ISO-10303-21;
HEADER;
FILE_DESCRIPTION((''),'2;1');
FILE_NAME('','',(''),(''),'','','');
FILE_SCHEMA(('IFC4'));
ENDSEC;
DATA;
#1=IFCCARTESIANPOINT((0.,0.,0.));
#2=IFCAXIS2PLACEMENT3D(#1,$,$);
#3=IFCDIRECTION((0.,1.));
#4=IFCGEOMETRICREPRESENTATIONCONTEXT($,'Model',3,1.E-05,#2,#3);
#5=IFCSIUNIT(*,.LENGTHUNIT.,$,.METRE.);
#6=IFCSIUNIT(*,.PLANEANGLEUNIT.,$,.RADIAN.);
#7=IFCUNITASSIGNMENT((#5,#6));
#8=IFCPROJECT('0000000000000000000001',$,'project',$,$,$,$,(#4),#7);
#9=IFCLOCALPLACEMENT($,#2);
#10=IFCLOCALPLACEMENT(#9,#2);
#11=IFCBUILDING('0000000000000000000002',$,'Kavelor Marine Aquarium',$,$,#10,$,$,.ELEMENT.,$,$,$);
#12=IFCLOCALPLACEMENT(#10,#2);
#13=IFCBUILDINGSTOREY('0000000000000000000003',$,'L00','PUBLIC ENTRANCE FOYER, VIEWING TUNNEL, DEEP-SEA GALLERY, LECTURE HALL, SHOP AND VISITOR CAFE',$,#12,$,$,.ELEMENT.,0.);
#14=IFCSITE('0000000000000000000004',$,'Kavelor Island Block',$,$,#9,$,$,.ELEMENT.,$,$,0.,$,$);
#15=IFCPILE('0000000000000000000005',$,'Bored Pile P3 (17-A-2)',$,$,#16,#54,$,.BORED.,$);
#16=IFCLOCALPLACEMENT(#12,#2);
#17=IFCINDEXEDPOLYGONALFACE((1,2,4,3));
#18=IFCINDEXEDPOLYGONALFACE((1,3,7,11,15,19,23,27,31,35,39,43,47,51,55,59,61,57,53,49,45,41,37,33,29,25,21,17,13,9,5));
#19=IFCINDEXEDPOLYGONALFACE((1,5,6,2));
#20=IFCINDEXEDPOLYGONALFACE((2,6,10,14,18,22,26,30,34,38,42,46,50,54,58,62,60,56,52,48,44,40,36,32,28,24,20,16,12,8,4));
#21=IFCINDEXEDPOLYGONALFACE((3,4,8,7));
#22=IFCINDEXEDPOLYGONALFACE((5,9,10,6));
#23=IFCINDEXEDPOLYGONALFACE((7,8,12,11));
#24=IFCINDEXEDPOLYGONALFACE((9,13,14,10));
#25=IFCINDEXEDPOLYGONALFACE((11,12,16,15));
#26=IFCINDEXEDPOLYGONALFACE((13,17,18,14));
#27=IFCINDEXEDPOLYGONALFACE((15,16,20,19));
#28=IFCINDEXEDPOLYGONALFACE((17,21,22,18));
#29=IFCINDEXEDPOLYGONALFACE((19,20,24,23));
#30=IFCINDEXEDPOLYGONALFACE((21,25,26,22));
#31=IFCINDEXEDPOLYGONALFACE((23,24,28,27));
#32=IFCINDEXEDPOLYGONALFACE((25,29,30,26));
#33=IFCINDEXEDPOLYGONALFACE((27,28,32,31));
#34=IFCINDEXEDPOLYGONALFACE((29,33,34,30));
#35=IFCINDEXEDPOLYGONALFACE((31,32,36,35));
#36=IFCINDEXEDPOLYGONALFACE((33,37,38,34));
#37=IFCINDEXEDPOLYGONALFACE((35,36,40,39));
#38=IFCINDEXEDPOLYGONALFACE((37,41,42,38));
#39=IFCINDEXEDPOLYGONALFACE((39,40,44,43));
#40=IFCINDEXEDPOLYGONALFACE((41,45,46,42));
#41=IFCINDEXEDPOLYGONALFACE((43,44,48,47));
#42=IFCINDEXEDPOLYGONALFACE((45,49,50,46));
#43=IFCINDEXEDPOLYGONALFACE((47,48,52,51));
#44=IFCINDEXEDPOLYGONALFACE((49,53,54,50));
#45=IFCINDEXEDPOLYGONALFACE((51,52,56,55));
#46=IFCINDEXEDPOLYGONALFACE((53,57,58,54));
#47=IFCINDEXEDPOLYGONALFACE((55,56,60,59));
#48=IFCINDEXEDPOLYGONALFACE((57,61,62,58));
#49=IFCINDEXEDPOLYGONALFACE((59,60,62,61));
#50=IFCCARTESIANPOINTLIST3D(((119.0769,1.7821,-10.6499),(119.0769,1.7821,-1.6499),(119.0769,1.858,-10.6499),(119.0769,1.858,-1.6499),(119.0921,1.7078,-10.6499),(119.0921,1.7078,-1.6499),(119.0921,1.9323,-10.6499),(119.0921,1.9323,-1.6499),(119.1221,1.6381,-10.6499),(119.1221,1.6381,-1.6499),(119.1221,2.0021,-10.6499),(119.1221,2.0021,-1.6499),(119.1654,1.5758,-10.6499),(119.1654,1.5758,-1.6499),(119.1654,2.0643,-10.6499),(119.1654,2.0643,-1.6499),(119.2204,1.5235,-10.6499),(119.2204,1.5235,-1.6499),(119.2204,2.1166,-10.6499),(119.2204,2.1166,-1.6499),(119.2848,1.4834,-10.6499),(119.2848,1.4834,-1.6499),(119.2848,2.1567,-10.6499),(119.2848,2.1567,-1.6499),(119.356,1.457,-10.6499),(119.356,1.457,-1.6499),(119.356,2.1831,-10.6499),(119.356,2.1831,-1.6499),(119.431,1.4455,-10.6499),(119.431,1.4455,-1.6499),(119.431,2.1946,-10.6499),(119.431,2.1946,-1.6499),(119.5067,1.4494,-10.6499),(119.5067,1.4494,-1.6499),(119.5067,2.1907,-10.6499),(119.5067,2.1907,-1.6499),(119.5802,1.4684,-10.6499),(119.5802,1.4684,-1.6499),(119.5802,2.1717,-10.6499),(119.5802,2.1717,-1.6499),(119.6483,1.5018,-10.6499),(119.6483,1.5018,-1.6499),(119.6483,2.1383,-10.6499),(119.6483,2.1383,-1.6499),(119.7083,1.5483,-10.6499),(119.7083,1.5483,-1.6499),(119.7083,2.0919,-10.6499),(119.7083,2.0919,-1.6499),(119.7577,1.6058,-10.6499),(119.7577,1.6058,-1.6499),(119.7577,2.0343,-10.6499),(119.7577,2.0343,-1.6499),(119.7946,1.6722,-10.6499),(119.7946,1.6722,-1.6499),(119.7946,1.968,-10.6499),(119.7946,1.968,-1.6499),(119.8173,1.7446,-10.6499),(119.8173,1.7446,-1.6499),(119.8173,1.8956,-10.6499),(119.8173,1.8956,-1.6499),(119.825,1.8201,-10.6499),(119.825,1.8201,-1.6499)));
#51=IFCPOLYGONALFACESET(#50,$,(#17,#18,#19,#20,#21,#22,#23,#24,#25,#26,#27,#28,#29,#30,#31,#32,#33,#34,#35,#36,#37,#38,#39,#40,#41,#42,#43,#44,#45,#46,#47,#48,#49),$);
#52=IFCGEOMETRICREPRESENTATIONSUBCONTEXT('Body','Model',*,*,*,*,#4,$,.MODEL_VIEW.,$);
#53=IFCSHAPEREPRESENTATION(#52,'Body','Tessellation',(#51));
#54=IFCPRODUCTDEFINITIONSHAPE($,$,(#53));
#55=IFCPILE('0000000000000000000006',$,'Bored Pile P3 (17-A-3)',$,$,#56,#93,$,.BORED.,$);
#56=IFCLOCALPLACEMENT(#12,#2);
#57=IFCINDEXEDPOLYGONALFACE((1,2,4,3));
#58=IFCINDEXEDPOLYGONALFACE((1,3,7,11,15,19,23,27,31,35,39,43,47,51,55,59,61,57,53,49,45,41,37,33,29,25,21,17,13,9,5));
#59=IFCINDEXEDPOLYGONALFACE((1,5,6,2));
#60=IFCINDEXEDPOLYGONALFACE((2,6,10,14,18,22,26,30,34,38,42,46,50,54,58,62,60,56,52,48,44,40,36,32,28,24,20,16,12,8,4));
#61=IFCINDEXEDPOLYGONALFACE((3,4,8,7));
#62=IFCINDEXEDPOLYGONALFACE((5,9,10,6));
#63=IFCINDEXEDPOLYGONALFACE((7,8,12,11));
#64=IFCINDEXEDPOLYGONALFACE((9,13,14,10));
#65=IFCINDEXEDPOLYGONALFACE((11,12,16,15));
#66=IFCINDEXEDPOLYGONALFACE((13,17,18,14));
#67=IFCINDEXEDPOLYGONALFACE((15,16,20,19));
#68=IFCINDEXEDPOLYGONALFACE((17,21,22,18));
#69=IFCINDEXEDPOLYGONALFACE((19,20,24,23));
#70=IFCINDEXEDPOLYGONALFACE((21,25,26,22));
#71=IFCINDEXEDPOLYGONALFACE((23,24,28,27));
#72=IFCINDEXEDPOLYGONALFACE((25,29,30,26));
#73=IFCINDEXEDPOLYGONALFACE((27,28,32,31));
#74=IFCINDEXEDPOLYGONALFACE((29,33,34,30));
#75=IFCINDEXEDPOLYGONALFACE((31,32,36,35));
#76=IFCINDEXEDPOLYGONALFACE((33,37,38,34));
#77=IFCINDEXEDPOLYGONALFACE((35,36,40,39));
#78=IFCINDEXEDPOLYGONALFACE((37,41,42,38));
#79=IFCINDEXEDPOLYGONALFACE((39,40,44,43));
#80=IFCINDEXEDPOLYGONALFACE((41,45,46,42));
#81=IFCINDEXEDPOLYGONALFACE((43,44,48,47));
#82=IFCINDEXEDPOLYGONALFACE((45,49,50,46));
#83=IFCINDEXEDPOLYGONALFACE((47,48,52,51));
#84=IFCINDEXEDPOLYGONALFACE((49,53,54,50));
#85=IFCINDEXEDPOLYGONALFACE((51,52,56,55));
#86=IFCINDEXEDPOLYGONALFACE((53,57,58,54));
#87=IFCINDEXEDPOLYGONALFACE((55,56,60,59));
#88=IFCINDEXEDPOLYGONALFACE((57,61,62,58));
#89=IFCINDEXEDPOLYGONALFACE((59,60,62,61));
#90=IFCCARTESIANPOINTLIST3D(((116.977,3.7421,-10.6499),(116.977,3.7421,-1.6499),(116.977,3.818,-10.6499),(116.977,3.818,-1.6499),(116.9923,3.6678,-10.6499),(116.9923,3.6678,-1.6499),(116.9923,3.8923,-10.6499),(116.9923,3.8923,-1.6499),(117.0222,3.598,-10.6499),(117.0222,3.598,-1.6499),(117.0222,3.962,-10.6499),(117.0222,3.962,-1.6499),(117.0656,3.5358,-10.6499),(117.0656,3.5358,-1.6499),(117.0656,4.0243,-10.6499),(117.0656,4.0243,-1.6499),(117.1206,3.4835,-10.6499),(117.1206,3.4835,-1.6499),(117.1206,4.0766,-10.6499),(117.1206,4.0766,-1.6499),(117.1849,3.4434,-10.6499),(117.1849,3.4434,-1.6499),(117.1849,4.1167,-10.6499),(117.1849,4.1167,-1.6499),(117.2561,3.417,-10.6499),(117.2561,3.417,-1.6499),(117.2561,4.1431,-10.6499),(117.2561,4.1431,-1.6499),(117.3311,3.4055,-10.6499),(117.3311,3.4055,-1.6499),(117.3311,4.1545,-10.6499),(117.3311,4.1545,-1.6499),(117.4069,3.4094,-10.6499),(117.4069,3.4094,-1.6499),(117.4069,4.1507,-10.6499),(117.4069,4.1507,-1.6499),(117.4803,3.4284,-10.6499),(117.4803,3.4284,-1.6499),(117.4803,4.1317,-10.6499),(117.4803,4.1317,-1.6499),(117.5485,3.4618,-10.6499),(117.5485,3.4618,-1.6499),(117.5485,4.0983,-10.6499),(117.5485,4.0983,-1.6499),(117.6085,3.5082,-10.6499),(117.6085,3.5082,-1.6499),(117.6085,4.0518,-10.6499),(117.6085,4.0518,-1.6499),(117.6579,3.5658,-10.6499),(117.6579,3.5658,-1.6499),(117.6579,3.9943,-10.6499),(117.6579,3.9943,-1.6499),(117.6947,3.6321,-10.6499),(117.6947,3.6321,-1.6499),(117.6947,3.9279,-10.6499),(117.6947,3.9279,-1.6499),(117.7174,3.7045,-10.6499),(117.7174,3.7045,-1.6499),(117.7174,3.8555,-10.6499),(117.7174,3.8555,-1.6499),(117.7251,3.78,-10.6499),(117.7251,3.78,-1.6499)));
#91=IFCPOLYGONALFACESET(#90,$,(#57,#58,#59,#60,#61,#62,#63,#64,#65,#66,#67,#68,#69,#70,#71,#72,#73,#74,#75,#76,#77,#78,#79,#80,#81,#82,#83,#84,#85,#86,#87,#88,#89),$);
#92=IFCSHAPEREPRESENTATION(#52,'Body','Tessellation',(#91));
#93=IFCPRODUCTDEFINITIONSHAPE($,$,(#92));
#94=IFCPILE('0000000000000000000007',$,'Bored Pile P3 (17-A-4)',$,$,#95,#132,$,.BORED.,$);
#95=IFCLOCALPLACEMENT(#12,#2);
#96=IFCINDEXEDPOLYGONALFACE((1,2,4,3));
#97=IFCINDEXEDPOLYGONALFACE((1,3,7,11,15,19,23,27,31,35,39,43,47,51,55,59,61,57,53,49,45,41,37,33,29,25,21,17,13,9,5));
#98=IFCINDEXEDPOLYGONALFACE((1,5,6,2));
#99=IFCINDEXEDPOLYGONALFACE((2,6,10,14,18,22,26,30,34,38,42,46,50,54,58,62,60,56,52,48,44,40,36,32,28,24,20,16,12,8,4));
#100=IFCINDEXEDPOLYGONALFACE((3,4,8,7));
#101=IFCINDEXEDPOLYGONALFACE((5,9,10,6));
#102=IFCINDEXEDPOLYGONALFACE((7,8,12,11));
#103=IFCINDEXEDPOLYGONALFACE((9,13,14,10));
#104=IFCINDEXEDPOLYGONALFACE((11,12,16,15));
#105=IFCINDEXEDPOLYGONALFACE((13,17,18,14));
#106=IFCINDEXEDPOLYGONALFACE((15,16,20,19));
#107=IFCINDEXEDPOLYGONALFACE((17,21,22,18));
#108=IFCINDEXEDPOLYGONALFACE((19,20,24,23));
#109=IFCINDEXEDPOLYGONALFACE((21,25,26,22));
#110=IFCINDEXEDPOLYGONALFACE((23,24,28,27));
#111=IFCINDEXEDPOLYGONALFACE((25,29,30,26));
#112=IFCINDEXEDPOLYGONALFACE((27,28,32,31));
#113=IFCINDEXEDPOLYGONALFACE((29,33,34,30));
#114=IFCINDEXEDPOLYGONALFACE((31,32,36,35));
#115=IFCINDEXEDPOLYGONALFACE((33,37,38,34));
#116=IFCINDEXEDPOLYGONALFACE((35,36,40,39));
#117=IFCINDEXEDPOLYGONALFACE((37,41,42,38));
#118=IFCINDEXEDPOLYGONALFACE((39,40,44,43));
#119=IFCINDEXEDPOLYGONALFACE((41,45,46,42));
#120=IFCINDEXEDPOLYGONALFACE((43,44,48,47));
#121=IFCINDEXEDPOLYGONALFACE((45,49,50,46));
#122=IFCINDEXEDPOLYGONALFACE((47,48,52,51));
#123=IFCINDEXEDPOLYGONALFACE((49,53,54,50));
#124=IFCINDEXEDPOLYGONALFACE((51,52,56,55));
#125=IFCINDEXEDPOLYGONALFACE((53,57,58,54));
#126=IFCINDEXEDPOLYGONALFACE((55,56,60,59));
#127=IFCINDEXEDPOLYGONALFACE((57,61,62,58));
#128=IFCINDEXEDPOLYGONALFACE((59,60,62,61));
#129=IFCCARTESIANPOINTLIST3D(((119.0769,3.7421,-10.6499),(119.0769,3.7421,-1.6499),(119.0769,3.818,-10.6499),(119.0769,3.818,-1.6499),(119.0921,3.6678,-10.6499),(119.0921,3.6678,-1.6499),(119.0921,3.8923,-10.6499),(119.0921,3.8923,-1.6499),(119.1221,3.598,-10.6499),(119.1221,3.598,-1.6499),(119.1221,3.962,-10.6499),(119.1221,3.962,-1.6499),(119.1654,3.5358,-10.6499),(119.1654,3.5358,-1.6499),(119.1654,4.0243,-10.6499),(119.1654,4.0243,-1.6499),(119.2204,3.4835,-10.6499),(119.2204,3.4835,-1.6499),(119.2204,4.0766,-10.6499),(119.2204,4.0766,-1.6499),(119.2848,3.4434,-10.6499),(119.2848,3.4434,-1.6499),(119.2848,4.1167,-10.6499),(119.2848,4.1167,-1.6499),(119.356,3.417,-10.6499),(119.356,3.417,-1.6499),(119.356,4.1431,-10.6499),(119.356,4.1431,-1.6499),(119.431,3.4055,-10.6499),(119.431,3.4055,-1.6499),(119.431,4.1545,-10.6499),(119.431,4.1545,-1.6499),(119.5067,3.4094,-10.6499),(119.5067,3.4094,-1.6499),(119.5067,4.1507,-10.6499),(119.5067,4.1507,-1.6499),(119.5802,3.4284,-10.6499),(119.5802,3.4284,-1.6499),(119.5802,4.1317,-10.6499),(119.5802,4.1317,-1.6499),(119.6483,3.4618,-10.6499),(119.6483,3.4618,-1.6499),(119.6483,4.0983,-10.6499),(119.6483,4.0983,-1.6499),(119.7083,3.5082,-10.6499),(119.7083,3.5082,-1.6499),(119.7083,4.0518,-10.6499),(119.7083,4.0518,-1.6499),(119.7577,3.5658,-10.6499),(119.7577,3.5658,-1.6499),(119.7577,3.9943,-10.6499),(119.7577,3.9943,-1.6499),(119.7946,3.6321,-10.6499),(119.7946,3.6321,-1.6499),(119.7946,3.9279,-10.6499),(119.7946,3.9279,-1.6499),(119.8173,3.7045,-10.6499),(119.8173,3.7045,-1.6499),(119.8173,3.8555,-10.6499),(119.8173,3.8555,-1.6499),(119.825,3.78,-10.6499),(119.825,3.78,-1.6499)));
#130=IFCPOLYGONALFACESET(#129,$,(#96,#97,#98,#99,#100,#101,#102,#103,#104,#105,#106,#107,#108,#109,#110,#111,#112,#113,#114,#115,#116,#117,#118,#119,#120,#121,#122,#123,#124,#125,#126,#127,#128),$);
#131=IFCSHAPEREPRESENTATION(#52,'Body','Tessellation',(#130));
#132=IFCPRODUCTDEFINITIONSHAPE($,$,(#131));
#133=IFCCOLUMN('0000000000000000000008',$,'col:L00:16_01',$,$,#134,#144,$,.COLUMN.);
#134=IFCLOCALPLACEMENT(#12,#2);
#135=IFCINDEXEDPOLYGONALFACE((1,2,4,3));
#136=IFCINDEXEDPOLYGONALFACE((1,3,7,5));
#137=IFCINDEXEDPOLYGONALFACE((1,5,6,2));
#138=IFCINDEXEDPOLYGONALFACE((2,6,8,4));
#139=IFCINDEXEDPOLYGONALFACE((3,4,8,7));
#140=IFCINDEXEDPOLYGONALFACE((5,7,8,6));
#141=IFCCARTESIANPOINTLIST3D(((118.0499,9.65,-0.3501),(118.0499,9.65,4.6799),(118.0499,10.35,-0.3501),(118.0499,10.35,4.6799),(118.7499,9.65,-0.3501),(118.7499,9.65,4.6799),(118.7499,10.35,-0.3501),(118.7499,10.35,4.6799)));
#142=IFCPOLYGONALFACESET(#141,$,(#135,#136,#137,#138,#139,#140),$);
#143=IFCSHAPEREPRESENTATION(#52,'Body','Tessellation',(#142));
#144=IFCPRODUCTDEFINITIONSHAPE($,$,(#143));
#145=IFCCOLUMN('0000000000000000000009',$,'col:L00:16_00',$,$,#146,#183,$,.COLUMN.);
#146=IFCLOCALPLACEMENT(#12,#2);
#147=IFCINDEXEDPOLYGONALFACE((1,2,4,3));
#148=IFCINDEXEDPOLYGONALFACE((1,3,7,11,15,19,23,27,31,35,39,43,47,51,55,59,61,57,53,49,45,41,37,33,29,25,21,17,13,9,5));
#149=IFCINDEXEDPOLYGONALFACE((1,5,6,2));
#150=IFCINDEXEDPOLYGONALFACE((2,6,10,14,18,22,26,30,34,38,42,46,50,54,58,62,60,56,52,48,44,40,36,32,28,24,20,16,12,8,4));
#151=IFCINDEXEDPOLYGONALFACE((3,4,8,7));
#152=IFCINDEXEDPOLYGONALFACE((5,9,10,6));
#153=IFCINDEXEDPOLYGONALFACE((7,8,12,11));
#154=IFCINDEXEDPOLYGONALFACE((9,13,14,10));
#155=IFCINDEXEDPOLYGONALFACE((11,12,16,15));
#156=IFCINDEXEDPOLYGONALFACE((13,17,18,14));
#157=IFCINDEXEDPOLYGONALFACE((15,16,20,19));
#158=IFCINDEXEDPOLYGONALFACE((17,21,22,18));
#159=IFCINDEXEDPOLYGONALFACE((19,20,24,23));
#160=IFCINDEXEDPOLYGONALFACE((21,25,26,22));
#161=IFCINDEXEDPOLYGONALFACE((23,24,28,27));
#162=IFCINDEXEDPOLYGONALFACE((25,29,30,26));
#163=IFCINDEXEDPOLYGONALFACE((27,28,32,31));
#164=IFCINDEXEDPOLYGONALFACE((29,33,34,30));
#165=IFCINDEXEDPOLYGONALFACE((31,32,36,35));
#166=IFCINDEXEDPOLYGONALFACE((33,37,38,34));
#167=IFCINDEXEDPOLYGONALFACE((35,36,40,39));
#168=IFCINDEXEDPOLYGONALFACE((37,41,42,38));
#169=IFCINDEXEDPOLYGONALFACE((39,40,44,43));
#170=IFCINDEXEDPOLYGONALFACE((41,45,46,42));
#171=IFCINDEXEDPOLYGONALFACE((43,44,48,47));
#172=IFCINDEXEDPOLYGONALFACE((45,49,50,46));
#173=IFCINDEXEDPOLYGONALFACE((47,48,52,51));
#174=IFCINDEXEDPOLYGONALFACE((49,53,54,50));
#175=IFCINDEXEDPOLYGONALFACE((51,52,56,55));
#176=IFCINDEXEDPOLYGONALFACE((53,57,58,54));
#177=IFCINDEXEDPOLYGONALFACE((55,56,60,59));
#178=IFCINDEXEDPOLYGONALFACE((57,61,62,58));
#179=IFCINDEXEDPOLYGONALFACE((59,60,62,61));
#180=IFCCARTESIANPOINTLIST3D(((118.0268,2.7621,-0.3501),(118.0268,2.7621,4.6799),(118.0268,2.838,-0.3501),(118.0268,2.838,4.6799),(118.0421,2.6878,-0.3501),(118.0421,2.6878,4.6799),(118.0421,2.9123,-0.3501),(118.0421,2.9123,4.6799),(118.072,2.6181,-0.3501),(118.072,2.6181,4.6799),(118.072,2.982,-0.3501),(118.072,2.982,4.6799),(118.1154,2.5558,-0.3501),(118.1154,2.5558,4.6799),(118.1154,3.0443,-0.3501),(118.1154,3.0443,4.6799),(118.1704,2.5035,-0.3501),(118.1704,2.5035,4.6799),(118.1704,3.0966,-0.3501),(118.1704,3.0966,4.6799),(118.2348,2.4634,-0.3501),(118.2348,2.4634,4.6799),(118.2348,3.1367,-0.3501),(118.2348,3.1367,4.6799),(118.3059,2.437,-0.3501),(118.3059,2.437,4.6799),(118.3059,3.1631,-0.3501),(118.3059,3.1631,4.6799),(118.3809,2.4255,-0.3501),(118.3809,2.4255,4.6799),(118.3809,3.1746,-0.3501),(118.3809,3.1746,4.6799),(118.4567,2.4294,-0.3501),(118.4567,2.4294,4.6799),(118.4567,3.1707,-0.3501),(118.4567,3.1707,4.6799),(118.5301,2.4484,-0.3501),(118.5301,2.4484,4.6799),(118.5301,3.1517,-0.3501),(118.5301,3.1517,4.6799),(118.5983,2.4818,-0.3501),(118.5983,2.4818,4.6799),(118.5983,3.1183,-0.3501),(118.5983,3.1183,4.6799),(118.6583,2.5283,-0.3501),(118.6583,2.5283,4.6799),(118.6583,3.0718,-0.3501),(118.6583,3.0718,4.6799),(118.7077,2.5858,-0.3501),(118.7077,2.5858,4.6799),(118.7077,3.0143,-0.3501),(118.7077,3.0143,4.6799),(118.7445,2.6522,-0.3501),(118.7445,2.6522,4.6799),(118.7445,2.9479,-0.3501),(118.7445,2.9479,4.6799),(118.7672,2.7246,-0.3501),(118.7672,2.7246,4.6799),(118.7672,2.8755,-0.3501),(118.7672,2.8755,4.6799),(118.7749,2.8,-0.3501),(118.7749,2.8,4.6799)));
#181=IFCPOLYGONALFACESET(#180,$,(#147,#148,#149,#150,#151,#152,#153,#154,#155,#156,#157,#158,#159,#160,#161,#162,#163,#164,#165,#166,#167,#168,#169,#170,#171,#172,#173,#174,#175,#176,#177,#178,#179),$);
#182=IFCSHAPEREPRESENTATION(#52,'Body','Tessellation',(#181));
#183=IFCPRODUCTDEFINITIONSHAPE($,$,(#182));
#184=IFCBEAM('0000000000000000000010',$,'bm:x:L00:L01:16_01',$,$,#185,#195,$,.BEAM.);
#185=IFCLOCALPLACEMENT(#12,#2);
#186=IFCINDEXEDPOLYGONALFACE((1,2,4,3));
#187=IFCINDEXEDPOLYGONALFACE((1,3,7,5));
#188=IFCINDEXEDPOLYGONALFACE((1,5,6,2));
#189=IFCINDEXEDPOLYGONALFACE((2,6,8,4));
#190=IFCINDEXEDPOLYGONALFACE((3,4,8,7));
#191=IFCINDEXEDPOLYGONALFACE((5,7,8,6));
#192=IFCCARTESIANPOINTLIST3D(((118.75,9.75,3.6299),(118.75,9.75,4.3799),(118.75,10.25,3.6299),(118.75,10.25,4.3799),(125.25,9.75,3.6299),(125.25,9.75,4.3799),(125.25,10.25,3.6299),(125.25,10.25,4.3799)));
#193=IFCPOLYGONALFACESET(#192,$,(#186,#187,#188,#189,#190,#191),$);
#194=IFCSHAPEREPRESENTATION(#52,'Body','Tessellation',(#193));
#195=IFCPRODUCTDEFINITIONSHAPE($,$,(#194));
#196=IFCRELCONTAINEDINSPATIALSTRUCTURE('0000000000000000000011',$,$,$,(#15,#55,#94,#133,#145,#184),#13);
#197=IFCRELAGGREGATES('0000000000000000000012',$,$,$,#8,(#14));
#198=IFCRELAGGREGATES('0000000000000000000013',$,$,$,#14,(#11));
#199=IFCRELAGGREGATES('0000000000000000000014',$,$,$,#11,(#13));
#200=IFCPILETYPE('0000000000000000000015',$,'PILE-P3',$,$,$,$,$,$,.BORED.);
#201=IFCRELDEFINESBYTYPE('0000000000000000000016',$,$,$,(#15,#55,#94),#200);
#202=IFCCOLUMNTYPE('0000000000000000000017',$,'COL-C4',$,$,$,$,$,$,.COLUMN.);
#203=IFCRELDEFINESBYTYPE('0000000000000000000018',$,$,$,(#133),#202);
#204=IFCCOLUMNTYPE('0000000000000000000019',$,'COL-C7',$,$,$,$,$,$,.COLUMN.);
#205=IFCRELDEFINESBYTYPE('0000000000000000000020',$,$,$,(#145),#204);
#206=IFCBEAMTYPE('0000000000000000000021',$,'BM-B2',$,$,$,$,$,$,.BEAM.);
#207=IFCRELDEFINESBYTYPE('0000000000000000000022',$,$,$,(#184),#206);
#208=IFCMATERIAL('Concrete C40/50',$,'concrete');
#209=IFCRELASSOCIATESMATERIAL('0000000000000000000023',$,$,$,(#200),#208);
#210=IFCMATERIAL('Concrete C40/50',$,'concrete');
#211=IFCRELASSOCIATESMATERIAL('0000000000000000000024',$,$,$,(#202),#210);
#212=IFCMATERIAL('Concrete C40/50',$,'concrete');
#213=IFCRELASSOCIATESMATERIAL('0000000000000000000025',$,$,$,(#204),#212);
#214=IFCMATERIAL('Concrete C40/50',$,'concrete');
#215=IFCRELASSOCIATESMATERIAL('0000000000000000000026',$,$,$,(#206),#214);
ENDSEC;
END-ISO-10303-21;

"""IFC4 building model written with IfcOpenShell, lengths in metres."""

from ifc_helpers import new_model, si_unit, direction, frame, origin, origin_2d, place, context, subcontext, project, spatial, rectangle, circle, extrude, material, material_profile, profile_set, type_object, element, save


model = new_model("IFC4")

# Units and contexts
model_context = context("Model", 3, precision=1e-05, world=origin(), true_north=direction((0.0, 1.0)))
body_context = subcontext(model_context, "Body", "Model", "MODEL_VIEW")
ifc_project = project(units=[si_unit("LENGTHUNIT", "METRE"), si_unit("PLANEANGLEUNIT", "RADIAN")], contexts=[model_context])

# Site, building, storey
site_placement = place(None, origin())
site = spatial("IfcSite", under=ifc_project, at=site_placement, Name="Kavelor Island Block", CompositionType="ELEMENT", RefElevation=0.0)
building_placement = place(site_placement, origin())
building = spatial("IfcBuilding", under=site, at=building_placement, Name="Kavelor Marine Aquarium", CompositionType="ELEMENT")
storey_placement = place(building_placement, origin())
storey = spatial("IfcBuildingStorey", under=building, at=storey_placement, Name="L00", Description="PUBLIC ENTRANCE FOYER, VIEWING TUNNEL, DEEP-SEA GALLERY, LECTURE HALL, SHOP AND VISITOR CAFE", CompositionType="ELEMENT", Elevation=0.0)

# Piles
ifc_material_1 = material(Name="Concrete C40/50", Category="concrete")
ifc_material_profile_1 = material_profile(ifc_material_1, circle(Radius=0.375, at=origin_2d()), Name="PILE D750")
ifc_profile_set_1 = profile_set([ifc_material_profile_1], Name="Concrete C40/50")
pile_type_1 = type_object("IfcPileType", Name="PILE-P3", PredefinedType="BORED", material=ifc_profile_set_1)
for number, where, z_axis, x_axis, name in (
    (1, (119.45, 1.8201, -1.6499), (0.0, 0.0, -1.0), (1.0, 0.0, 0.0), "Bored Pile P3 (17-A-2)"),
    (2, (117.3501, 3.78, -1.6499), (0.0, 0.0, -1.0), (1.0, 0.0, 0.0), "Bored Pile P3 (17-A-3)"),
    (3, (119.45, 3.78, -1.6499), (0.0, 0.0, -1.0), (1.0, 0.0, 0.0), "Bored Pile P3 (17-A-4)"),
):
    element("IfcPile", number, at=place(storey_placement, frame(where, z_axis=z_axis, x_axis=x_axis)), inside=storey, type_object=pile_type_1, Name=name, PredefinedType="BORED", context=body_context, shape_type="SweptSolid", body=[
        extrude(circle(Radius=0.375, at=origin_2d()), origin(), (0.0, 0.0, 1.0), 9.0),
    ])

# Columns
ifc_material_2 = material(Name="Concrete C40/50", Category="concrete")
ifc_material_profile_2 = material_profile(ifc_material_2, rectangle(XDim=0.7, YDim=0.7, at=origin_2d()), Name="RC-COL 700x700")
ifc_profile_set_2 = profile_set([ifc_material_profile_2], Name="Concrete C40/50")
column_type_1 = type_object("IfcColumnType", Name="COL-C4", PredefinedType="COLUMN", material=ifc_profile_set_2)
column_1_placement = place(storey_placement, frame((118.3999, 10.0, -0.3501), z_axis=(0.0, 0.0, 1.0), x_axis=(1.0, 0.0, 0.0)))
element("IfcColumn", 4, at=column_1_placement, inside=storey, type_object=column_type_1, Name="col:L00:16_01", PredefinedType="COLUMN", context=body_context, shape_type="SweptSolid", body=[
    extrude(rectangle(XDim=0.7, YDim=0.7, at=origin_2d()), origin(), (0.0, 0.0, 1.0), 5.03),
])
ifc_material_3 = material(Name="Concrete C40/50", Category="concrete")
ifc_material_profile_3 = material_profile(ifc_material_3, circle(Radius=0.375, at=origin_2d()), Name="RC-COL D750")
ifc_profile_set_3 = profile_set([ifc_material_profile_3], Name="Concrete C40/50")
column_type_2 = type_object("IfcColumnType", Name="COL-C7", PredefinedType="COLUMN", material=ifc_profile_set_3)
column_2_placement = place(storey_placement, frame((118.3999, 2.8, -0.3501), z_axis=(0.0, 0.0, 1.0), x_axis=(1.0, 0.0, 0.0)))
element("IfcColumn", 5, at=column_2_placement, inside=storey, type_object=column_type_2, Name="col:L00:16_00", PredefinedType="COLUMN", context=body_context, shape_type="SweptSolid", body=[
    extrude(circle(Radius=0.375, at=origin_2d()), origin(), (0.0, 0.0, 1.0), 5.03),
])

# Beam
ifc_material_4 = material(Name="Concrete C40/50", Category="concrete")
ifc_material_profile_4 = material_profile(ifc_material_4, rectangle(XDim=0.5, YDim=0.75, at=origin_2d()), Name="RC-BM 500x750")
ifc_profile_set_4 = profile_set([ifc_material_profile_4], Name="Concrete C40/50")
beam_type_1 = type_object("IfcBeamType", Name="BM-B2", PredefinedType="BEAM", material=ifc_profile_set_4)
beam_1_placement = place(storey_placement, frame((118.75, 10.0, 4.0049), z_axis=(1.0, 0.0, 0.0), x_axis=(0.0, 1.0, 0.0)))
element("IfcBeam", 6, at=beam_1_placement, inside=storey, type_object=beam_type_1, Name="bm:x:L00:L01:16_01", PredefinedType="BEAM", context=body_context, shape_type="SweptSolid", body=[
    extrude(rectangle(XDim=0.5, YDim=0.75, at=origin_2d()), origin(), (0.0, 0.0, 1.0), 6.5),
])

save(model, "model.ifc")
